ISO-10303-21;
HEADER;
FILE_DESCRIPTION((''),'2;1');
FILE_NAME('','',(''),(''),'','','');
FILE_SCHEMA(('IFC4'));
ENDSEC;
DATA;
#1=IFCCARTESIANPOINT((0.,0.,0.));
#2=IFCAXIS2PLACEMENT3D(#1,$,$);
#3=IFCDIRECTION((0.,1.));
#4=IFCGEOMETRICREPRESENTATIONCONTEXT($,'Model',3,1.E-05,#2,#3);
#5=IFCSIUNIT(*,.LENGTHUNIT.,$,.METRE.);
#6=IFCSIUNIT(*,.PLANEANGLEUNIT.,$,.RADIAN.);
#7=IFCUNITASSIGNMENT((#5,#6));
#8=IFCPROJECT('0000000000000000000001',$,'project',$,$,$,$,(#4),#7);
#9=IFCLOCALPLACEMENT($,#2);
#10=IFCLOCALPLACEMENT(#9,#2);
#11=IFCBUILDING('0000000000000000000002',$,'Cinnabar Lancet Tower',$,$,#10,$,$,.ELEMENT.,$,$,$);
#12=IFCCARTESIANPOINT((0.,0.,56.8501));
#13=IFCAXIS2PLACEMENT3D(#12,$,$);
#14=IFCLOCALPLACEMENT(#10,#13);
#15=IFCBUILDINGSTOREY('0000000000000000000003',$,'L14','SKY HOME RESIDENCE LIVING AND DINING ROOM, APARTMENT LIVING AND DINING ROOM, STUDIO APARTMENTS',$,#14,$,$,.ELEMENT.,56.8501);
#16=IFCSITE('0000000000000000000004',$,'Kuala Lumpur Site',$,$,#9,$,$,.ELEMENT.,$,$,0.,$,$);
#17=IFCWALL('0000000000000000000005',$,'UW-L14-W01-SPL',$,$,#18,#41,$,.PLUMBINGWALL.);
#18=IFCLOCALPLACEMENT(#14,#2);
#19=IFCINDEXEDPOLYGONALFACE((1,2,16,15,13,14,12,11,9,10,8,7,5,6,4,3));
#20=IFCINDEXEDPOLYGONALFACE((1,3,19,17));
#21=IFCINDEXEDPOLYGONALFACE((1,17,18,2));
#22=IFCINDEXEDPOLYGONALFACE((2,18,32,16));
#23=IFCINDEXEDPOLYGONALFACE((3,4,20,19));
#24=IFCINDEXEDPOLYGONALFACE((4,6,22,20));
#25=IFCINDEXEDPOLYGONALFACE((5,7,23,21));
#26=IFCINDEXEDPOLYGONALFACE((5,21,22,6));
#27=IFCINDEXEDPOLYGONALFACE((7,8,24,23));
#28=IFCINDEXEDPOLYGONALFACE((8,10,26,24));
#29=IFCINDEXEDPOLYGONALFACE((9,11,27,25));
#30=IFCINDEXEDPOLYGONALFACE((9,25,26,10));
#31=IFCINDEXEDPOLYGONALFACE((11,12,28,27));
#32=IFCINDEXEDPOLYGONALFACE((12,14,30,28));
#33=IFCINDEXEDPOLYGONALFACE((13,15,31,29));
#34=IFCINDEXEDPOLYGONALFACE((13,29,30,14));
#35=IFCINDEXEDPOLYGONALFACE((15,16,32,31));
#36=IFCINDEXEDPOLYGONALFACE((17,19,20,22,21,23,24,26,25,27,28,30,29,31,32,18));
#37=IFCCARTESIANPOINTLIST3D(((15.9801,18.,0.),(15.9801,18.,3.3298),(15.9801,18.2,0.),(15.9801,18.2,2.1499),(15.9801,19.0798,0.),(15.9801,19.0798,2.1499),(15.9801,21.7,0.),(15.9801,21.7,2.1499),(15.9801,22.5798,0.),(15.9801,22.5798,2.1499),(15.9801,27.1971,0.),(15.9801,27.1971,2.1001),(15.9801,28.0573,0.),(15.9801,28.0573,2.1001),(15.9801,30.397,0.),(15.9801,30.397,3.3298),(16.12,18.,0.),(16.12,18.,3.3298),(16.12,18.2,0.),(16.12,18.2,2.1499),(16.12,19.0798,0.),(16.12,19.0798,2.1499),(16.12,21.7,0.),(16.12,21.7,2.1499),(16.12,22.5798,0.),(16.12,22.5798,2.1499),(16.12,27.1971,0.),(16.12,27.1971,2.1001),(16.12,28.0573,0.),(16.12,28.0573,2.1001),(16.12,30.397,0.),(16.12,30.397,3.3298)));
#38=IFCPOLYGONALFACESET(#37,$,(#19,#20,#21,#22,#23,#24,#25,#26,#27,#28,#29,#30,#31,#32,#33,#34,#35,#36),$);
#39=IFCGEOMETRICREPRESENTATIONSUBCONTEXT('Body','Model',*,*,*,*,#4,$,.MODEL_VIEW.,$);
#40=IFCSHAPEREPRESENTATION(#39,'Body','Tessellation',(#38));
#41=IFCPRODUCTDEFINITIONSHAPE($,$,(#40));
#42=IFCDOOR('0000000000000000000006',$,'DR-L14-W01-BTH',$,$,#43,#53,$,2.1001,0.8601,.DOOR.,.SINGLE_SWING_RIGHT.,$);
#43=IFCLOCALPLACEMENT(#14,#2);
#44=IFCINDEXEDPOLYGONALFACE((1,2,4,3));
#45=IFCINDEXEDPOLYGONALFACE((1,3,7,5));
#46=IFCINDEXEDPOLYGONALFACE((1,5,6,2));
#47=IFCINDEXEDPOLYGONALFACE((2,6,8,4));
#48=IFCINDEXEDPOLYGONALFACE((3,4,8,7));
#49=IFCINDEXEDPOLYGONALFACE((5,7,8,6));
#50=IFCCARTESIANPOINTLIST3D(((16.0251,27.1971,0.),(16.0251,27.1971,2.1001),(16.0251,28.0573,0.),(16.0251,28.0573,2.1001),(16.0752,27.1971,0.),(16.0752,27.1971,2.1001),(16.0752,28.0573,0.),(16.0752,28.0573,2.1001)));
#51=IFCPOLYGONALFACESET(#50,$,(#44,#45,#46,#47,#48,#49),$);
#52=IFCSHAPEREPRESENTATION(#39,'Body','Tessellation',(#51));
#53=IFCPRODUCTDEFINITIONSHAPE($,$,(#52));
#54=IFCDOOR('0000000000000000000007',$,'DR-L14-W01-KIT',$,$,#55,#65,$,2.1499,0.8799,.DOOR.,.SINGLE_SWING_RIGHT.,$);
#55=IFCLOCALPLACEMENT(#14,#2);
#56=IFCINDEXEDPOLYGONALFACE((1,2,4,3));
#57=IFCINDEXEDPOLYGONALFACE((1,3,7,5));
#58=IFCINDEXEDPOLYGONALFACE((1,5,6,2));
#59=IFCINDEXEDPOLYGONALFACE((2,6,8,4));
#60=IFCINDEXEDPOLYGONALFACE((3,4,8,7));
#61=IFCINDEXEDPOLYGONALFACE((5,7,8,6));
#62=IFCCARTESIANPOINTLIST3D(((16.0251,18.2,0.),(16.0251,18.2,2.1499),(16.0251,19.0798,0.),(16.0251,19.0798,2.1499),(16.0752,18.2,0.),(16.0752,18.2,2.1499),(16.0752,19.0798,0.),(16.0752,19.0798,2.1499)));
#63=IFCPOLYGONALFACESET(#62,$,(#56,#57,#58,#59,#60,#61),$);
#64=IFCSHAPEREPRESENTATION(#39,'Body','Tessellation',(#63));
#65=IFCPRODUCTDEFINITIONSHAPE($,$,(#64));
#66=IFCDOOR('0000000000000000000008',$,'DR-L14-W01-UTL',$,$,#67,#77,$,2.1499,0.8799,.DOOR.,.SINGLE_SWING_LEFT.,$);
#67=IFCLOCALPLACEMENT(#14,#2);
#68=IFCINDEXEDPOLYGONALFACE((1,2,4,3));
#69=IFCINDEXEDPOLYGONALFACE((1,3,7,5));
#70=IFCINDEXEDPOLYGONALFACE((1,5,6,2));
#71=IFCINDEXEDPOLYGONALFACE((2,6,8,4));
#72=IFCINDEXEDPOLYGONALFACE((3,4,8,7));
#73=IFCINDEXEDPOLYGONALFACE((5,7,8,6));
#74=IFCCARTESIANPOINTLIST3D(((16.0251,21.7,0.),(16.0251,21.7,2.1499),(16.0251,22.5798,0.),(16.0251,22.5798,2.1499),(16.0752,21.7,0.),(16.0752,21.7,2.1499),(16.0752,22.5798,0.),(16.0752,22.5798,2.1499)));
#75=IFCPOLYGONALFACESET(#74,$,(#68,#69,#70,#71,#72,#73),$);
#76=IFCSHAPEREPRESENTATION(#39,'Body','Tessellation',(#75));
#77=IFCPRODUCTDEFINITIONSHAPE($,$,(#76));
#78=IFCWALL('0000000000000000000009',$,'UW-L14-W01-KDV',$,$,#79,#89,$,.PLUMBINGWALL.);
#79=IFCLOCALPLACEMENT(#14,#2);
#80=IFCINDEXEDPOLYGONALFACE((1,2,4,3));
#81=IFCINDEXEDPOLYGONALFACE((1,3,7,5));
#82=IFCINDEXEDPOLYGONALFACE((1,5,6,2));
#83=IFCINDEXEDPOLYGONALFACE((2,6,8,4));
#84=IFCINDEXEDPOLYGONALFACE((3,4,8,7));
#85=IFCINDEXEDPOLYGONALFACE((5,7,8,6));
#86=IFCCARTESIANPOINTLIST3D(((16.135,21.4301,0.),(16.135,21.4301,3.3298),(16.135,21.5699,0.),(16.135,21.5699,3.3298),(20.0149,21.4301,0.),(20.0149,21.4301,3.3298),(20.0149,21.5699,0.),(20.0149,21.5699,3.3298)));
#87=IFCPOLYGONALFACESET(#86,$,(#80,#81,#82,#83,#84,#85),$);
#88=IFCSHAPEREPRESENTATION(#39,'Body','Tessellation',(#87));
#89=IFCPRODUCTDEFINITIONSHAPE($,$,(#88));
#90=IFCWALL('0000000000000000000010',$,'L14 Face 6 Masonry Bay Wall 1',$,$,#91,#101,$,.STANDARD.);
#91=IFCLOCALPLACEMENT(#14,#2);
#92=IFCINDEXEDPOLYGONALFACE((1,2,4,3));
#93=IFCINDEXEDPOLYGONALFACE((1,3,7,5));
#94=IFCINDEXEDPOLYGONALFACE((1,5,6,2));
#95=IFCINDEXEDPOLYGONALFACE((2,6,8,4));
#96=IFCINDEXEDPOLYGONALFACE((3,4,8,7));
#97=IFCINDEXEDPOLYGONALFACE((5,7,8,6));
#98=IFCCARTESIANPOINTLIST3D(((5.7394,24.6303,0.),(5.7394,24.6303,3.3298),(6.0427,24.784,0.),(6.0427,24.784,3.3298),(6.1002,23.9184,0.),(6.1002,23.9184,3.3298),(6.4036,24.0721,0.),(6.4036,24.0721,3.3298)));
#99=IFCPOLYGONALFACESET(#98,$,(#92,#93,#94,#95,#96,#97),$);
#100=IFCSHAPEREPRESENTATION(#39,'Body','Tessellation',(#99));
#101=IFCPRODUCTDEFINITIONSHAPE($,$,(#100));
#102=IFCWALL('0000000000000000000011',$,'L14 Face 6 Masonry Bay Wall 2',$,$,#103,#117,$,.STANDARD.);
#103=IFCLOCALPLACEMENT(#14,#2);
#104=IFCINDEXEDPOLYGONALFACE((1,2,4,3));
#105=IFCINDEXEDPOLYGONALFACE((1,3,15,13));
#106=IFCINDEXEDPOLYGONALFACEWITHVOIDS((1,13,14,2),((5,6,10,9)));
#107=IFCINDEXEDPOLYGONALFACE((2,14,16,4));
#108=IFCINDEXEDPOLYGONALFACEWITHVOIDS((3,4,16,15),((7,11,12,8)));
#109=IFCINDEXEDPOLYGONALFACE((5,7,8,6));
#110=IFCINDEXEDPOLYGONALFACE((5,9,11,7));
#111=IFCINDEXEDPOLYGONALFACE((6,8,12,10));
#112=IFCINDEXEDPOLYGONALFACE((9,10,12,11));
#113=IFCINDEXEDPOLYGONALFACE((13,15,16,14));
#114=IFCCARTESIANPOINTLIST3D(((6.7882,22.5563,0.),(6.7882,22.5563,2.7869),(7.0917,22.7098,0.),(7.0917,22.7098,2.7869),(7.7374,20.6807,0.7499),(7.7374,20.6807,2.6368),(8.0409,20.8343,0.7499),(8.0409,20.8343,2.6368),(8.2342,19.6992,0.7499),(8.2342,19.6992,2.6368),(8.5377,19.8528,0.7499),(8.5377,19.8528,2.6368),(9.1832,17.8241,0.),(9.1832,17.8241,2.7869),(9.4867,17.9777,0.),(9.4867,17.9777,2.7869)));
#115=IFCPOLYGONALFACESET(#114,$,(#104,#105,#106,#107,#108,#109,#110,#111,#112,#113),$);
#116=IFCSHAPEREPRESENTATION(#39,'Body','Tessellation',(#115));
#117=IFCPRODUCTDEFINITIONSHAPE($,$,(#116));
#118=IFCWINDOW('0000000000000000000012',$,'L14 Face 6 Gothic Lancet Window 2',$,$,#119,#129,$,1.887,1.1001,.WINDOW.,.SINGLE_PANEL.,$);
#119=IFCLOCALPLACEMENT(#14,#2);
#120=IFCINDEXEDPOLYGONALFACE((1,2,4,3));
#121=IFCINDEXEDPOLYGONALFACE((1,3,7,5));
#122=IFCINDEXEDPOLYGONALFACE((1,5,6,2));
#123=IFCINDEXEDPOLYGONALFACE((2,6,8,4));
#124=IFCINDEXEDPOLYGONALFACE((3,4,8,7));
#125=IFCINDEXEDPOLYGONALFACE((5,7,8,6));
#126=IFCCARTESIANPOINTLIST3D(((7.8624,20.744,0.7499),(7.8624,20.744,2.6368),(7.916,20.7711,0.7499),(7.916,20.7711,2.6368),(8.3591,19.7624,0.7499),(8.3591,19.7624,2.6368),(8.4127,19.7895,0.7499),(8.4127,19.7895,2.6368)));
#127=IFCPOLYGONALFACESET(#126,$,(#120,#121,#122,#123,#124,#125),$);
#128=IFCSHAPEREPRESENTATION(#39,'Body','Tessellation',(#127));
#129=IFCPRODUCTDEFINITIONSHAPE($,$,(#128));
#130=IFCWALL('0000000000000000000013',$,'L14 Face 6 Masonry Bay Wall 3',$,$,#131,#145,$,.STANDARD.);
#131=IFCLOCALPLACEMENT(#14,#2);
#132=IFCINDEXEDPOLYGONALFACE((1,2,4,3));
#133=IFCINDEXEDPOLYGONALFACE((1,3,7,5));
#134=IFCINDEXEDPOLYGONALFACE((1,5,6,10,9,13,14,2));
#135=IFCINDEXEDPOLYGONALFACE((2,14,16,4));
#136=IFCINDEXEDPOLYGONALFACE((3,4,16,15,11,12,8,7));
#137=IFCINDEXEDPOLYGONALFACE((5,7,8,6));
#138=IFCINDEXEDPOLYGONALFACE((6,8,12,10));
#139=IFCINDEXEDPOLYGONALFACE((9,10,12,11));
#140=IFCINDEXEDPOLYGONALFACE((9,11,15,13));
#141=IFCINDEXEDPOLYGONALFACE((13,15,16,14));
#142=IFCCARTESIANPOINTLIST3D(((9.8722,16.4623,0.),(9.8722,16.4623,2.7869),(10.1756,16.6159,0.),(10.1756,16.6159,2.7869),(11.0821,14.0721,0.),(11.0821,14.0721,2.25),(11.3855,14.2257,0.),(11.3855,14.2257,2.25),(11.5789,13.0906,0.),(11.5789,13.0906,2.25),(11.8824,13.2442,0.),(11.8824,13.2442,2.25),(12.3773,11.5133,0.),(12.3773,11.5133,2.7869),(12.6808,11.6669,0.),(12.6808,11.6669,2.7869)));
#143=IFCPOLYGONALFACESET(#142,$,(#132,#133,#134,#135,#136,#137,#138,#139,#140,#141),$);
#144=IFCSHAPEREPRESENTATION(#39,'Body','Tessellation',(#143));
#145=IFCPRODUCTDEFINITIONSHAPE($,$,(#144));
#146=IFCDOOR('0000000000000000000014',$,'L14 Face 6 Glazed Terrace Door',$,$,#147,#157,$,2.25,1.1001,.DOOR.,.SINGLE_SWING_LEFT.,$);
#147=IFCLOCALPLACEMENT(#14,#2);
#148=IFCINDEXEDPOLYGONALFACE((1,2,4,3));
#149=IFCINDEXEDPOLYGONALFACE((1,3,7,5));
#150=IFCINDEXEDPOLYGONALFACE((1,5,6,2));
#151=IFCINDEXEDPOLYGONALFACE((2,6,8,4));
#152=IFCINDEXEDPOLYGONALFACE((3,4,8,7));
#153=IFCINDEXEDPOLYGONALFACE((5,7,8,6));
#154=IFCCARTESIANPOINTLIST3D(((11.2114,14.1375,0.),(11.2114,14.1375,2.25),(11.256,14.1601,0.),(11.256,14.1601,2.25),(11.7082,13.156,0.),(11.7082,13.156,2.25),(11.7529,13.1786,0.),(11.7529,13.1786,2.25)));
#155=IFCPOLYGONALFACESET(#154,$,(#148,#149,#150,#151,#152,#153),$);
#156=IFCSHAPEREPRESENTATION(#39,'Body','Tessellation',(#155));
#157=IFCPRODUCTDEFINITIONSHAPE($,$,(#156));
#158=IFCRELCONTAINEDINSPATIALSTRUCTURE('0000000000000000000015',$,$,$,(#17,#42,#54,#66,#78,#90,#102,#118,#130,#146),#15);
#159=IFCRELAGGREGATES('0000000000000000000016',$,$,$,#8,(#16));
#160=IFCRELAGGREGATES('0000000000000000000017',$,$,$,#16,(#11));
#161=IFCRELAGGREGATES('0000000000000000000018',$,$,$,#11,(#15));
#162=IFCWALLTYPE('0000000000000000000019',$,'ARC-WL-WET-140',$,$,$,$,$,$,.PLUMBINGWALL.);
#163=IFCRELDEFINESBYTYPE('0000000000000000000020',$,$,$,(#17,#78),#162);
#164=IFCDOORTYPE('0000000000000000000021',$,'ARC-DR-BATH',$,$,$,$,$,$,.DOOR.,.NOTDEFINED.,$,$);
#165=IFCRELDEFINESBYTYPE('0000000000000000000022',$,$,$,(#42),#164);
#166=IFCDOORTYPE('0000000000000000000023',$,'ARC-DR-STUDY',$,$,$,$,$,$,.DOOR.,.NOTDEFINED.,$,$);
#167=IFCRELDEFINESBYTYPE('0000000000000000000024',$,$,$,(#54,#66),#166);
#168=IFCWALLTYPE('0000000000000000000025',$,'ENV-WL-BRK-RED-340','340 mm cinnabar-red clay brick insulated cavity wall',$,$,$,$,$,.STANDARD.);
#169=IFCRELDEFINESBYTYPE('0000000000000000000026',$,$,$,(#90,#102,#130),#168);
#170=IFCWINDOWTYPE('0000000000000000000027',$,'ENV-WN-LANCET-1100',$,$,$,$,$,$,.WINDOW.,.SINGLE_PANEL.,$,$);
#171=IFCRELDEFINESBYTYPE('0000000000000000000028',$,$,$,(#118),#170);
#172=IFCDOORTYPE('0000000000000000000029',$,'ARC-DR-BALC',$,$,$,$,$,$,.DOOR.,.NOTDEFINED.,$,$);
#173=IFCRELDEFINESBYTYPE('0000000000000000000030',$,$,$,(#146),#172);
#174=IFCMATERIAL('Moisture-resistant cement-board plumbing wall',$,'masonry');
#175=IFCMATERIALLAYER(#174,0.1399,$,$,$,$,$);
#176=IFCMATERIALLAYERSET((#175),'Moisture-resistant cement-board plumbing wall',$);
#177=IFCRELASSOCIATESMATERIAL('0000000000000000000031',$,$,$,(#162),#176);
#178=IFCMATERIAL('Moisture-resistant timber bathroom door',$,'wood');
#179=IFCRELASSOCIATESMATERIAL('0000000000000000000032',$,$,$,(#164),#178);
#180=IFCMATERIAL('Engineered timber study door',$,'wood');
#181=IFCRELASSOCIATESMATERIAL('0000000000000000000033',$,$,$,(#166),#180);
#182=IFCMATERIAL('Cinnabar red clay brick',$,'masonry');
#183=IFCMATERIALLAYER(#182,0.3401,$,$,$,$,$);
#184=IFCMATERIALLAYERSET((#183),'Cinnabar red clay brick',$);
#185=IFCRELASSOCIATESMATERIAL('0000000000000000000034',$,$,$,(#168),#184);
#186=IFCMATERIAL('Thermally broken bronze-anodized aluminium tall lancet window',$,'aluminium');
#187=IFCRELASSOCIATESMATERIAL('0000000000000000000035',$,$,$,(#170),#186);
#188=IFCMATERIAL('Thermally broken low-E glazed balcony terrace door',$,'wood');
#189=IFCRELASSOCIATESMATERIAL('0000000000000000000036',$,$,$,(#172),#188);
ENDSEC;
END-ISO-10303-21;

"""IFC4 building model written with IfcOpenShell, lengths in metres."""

from ifc_helpers import new_model, si_unit, direction, frame, frame_2d, origin, place, context, subcontext, project, spatial, rectangle, extrude, material, layer, layer_set, type_object, element, fill, save


model = new_model("IFC4")

# Units and contexts
model_context = context("Model", 3, precision=1e-05, world=origin(), true_north=direction((0.0, 1.0)))
body_context = subcontext(model_context, "Body", "Model", "MODEL_VIEW")
ifc_project = project(units=[si_unit("LENGTHUNIT", "METRE"), si_unit("PLANEANGLEUNIT", "RADIAN")], contexts=[model_context])

# Site, building, storey
site_placement = place(None, origin())
site = spatial("IfcSite", under=ifc_project, at=site_placement, Name="Kuala Lumpur Site", CompositionType="ELEMENT", RefElevation=0.0)
building_placement = place(site_placement, origin())
building = spatial("IfcBuilding", under=site, at=building_placement, Name="Cinnabar Lancet Tower", CompositionType="ELEMENT")
storey_placement = place(building_placement, frame((0.0, 0.0, 56.8501)))
storey = spatial("IfcBuildingStorey", under=building, at=storey_placement, Name="L14", Description="SKY HOME RESIDENCE LIVING AND DINING ROOM, APARTMENT LIVING AND DINING ROOM, STUDIO APARTMENTS", CompositionType="ELEMENT", Elevation=56.8501)

# Wall, openings, doors
ifc_material_1 = material(Name="Moisture-resistant cement-board plumbing wall", Category="masonry")
ifc_layer_1 = layer(ifc_material_1, 0.1399)
ifc_layer_set_1 = layer_set([ifc_layer_1], Name="Moisture-resistant cement-board plumbing wall")
wall_type_1 = type_object("IfcWallType", Name="ARC-WL-WET-140", PredefinedType="PLUMBINGWALL", material=ifc_layer_set_1)
wall_1_placement = place(storey_placement, frame((16.05, 18.0, 0.0), z_axis=(0.0, 0.0, 1.0), x_axis=(0.0, 1.0, 0.0)))
wall_1 = element("IfcWall", 1, at=wall_1_placement, inside=storey, type_object=wall_type_1, Name="UW-L14-W01-SPL", PredefinedType="PLUMBINGWALL", context=body_context, shape_type="SweptSolid", body=[
    extrude(rectangle(XDim=12.397, YDim=0.1399, at=frame_2d((6.1985, 0.0))), origin(), (0.0, 0.0, 1.0), 3.3298),
])
opening_1_placement = place(wall_1_placement, frame((0.2, 0.0, 0.0)))
opening_1 = element("IfcOpeningElement", 2, at=opening_1_placement, cuts=wall_1, PredefinedType="OPENING", context=body_context, shape_type="SweptSolid", body=[
    extrude(rectangle(XDim=0.8799, YDim=2.1499, at=frame_2d((0.4399, 1.075))), frame((0.0, 0.0798, 0.0), z_axis=(0.0, -1.0, 0.0), x_axis=(1.0, 0.0, 0.0)), (0.0, 0.0, 1.0), 0.1599),
])
opening_2_placement = place(wall_1_placement, frame((3.7, 0.0, 0.0)))
opening_2 = element("IfcOpeningElement", 3, at=opening_2_placement, cuts=wall_1, PredefinedType="OPENING", context=body_context, shape_type="SweptSolid", body=[
    extrude(rectangle(XDim=0.8799, YDim=2.1499, at=frame_2d((0.4399, 1.075))), frame((0.0, 0.0798, 0.0), z_axis=(0.0, -1.0, 0.0), x_axis=(1.0, 0.0, 0.0)), (0.0, 0.0, 1.0), 0.1599),
])
opening_3_placement = place(wall_1_placement, frame((9.197, 0.0, 0.0)))
opening_3 = element("IfcOpeningElement", 4, at=opening_3_placement, cuts=wall_1, PredefinedType="OPENING", context=body_context, shape_type="SweptSolid", body=[
    extrude(rectangle(XDim=0.8601, YDim=2.1001, at=frame_2d((0.4302, 1.05))), frame((0.0, 0.0798, 0.0), z_axis=(0.0, -1.0, 0.0), x_axis=(1.0, 0.0, 0.0)), (0.0, 0.0, 1.0), 0.1599),
])
ifc_material_2 = material(Name="Moisture-resistant timber bathroom door", Category="wood")
door_type_1 = type_object("IfcDoorType", Name="ARC-DR-BATH", OperationType="NOTDEFINED", PredefinedType="DOOR", material=ifc_material_2)
door_1_placement = place(opening_3_placement, origin())
door_1 = element("IfcDoor", 5, at=door_1_placement, inside=storey, type_object=door_type_1, Name="DR-L14-W01-BTH", OperationType="SINGLE_SWING_RIGHT", OverallHeight=2.1001, OverallWidth=0.8601, PredefinedType="DOOR", context=body_context, shape_type="SweptSolid", body=[
    extrude(rectangle(XDim=0.8601, YDim=2.1001, at=frame_2d((0.4302, 1.05))), frame((0.0, 0.0249, 0.0), z_axis=(0.0, -1.0, 0.0), x_axis=(1.0, 0.0, 0.0)), (0.0, 0.0, 1.0), 0.05),
])
fill(opening_3, door_1)
ifc_material_3 = material(Name="Engineered timber study door", Category="wood")
door_type_2 = type_object("IfcDoorType", Name="ARC-DR-STUDY", OperationType="NOTDEFINED", PredefinedType="DOOR", material=ifc_material_3)
door_2_placement = place(opening_1_placement, origin())
door_2 = element("IfcDoor", 6, at=door_2_placement, inside=storey, type_object=door_type_2, Name="DR-L14-W01-KIT", OperationType="SINGLE_SWING_RIGHT", OverallHeight=2.1499, OverallWidth=0.8799, PredefinedType="DOOR", context=body_context, shape_type="SweptSolid", body=[
    extrude(rectangle(XDim=0.8799, YDim=2.1499, at=frame_2d((0.4399, 1.075))), frame((0.0, 0.0249, 0.0), z_axis=(0.0, -1.0, 0.0), x_axis=(1.0, 0.0, 0.0)), (0.0, 0.0, 1.0), 0.05),
])
fill(opening_1, door_2)
door_3_placement = place(opening_2_placement, origin())
door_3 = element("IfcDoor", 7, at=door_3_placement, inside=storey, type_object=door_type_2, Name="DR-L14-W01-UTL", OperationType="SINGLE_SWING_LEFT", OverallHeight=2.1499, OverallWidth=0.8799, PredefinedType="DOOR", context=body_context, shape_type="SweptSolid", body=[
    extrude(rectangle(XDim=0.8799, YDim=2.1499, at=frame_2d((0.4399, 1.075))), frame((0.0, 0.0249, 0.0), z_axis=(0.0, -1.0, 0.0), x_axis=(1.0, 0.0, 0.0)), (0.0, 0.0, 1.0), 0.05),
])
fill(opening_2, door_3)

# Walls
wall_2_placement = place(storey_placement, frame((16.135, 21.5, 0.0), z_axis=(0.0, 0.0, 1.0), x_axis=(1.0, 0.0, 0.0)))
element("IfcWall", 8, at=wall_2_placement, inside=storey, type_object=wall_type_1, Name="UW-L14-W01-KDV", PredefinedType="PLUMBINGWALL", context=body_context, shape_type="SweptSolid", body=[
    extrude(rectangle(XDim=3.8799, YDim=0.1399, at=frame_2d((1.9399, 0.0))), origin(), (0.0, 0.0, 1.0), 3.3298),
])
ifc_material_4 = material(Name="Cinnabar red clay brick", Category="masonry")
ifc_layer_2 = layer(ifc_material_4, 0.3401)
ifc_layer_set_2 = layer_set([ifc_layer_2], Name="Cinnabar red clay brick")
wall_type_2 = type_object("IfcWallType", Name="ENV-WL-BRK-RED-340", Description="340 mm cinnabar-red clay brick insulated cavity wall", PredefinedType="STANDARD", material=ifc_layer_set_2)
wall_3_placement = place(storey_placement, frame((5.8911, 24.707, 0.0), z_axis=(0.0, 0.0, 1.0), x_axis=(0.452101, -0.891967, 0.0)))
element("IfcWall", 9, at=wall_3_placement, inside=storey, type_object=wall_type_2, Name="L14 Face 6 Masonry Bay Wall 1", PredefinedType="STANDARD", context=body_context, shape_type="SweptSolid", body=[
    extrude(rectangle(XDim=0.7981, YDim=0.3401, at=frame_2d((0.3989, 0.0))), origin(), (0.0, 0.0, 1.0), 3.3298),
])

# Wall, opening, window
wall_4_placement = place(storey_placement, frame((6.9399, 22.6331, 0.0), z_axis=(0.0, 0.0, 1.0), x_axis=(0.451572, -0.892235, 0.0)))
wall_4 = element("IfcWall", 10, at=wall_4_placement, inside=storey, type_object=wall_type_2, Name="L14 Face 6 Masonry Bay Wall 2", PredefinedType="STANDARD", context=body_context, shape_type="SweptSolid", body=[
    extrude(rectangle(XDim=5.3037, YDim=0.3401, at=frame_2d((2.6519, 0.0))), origin(), (0.0, 0.0, 1.0), 2.7869),
])
opening_4_placement = place(wall_4_placement, frame((2.1021, 0.0, 0.75)))
opening_4 = element("IfcOpeningElement", 11, at=opening_4_placement, cuts=wall_4, PredefinedType="OPENING", context=body_context, shape_type="SweptSolid", body=[
    extrude(rectangle(XDim=1.1001, YDim=1.887, at=frame_2d((0.55, 0.9434))), frame((0.0, 0.1799, 0.0), z_axis=(0.0, -1.0, 0.0), x_axis=(1.0, 0.0, 0.0)), (0.0, 0.0, 1.0), 0.3601),
])
ifc_material_5 = material(Name="Thermally broken bronze-anodized aluminium tall lancet window", Category="aluminium")
window_type = type_object("IfcWindowType", Name="ENV-WN-LANCET-1100", PartitioningType="SINGLE_PANEL", PredefinedType="WINDOW", material=ifc_material_5)
window_placement = place(opening_4_placement, origin())
window = element("IfcWindow", 12, at=window_placement, inside=storey, type_object=window_type, Name="L14 Face 6 Gothic Lancet Window 2", OverallHeight=1.887, OverallWidth=1.1001, PartitioningType="SINGLE_PANEL", PredefinedType="WINDOW", context=body_context, shape_type="SweptSolid", body=[
    extrude(rectangle(XDim=1.1001, YDim=1.887, at=frame_2d((0.55, 0.9434))), frame((0.0, 0.03, 0.0), z_axis=(0.0, -1.0, 0.0), x_axis=(1.0, 0.0, 0.0)), (0.0, 0.0, 1.0), 0.0601),
])
fill(opening_4, window)

# Wall, opening, door
wall_5_placement = place(storey_placement, frame((10.0239, 16.5391, 0.0), z_axis=(0.0, 0.0, 1.0), x_axis=(0.451627, -0.892207, 0.0)))
wall_5 = element("IfcWall", 13, at=wall_5_placement, inside=storey, type_object=wall_type_2, Name="L14 Face 6 Masonry Bay Wall 3", PredefinedType="STANDARD", context=body_context, shape_type="SweptSolid", body=[
    extrude(rectangle(XDim=5.5469, YDim=0.3401, at=frame_2d((2.7734, 0.0))), origin(), (0.0, 0.0, 1.0), 2.7869),
])
opening_5_placement = place(wall_5_placement, frame((2.679, 0.0, 0.0)))
opening_5 = element("IfcOpeningElement", 14, at=opening_5_placement, cuts=wall_5, PredefinedType="OPENING", context=body_context, shape_type="SweptSolid", body=[
    extrude(rectangle(XDim=1.1001, YDim=2.25, at=frame_2d((0.55, 1.125))), frame((0.0, 0.1799, 0.0), z_axis=(0.0, -1.0, 0.0), x_axis=(1.0, 0.0, 0.0)), (0.0, 0.0, 1.0), 0.3601),
])
ifc_material_6 = material(Name="Thermally broken low-E glazed balcony terrace door", Category="wood")
door_type_3 = type_object("IfcDoorType", Name="ARC-DR-BALC", OperationType="NOTDEFINED", PredefinedType="DOOR", material=ifc_material_6)
door_4_placement = place(opening_5_placement, origin())
door_4 = element("IfcDoor", 15, at=door_4_placement, inside=storey, type_object=door_type_3, Name="L14 Face 6 Glazed Terrace Door", OperationType="SINGLE_SWING_LEFT", OverallHeight=2.25, OverallWidth=1.1001, PredefinedType="DOOR", context=body_context, shape_type="SweptSolid", body=[
    extrude(rectangle(XDim=1.1001, YDim=2.25, at=frame_2d((0.55, 1.125))), frame((0.0, 0.0249, 0.0), z_axis=(0.0, -1.0, 0.0), x_axis=(1.0, 0.0, 0.0)), (0.0, 0.0, 1.0), 0.05),
])
fill(opening_5, door_4)

save(model, "model.ifc")
